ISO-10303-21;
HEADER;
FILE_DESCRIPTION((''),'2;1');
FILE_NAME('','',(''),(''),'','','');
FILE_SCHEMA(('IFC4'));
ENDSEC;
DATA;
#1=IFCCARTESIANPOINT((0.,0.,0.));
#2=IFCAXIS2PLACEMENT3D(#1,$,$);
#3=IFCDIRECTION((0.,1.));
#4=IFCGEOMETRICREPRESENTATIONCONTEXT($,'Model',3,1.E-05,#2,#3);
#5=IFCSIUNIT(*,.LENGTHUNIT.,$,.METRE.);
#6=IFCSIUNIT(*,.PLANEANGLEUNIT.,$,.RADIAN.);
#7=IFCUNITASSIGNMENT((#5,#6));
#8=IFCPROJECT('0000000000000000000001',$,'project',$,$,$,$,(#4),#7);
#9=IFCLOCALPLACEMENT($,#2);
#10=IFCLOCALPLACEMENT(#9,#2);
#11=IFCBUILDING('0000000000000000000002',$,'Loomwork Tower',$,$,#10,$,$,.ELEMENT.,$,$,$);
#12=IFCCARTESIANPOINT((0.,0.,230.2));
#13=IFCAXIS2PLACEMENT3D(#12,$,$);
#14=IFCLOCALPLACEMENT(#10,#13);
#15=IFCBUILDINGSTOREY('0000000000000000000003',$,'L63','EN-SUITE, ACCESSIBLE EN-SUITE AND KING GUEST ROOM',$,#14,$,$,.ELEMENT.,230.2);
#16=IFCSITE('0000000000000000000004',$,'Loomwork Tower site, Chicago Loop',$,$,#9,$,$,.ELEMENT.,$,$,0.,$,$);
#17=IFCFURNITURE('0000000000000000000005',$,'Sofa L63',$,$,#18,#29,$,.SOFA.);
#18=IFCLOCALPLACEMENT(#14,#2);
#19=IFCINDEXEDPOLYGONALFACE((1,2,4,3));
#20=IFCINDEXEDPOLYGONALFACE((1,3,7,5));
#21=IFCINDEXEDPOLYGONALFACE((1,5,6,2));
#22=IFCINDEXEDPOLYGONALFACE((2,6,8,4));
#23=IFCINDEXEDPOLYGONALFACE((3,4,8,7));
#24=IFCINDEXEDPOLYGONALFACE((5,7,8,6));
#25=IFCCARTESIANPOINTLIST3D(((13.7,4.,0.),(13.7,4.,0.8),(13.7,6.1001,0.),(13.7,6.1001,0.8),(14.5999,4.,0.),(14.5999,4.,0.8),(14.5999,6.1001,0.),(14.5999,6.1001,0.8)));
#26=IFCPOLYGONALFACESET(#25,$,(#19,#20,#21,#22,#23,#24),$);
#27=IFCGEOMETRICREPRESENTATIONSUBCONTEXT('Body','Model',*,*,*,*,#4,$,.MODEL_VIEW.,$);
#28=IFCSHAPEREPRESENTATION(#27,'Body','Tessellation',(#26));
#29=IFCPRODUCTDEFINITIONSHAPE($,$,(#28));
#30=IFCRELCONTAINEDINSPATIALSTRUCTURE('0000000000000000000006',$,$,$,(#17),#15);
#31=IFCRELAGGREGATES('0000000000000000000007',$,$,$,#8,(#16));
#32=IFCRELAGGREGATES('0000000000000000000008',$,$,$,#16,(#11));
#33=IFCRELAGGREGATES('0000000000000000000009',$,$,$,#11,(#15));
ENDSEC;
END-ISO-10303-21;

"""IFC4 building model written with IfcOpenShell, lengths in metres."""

from ifc_helpers import new_model, si_unit, direction, frame, origin, origin_2d, place, context, subcontext, project, spatial, rectangle, extrude, element, save


model = new_model("IFC4")

# Units and contexts
model_context = context("Model", 3, precision=1e-05, world=origin(), true_north=direction((0.0, 1.0)))
body_context = subcontext(model_context, "Body", "Model", "MODEL_VIEW")
ifc_project = project(units=[si_unit("LENGTHUNIT", "METRE"), si_unit("PLANEANGLEUNIT", "RADIAN")], contexts=[model_context])

# Site, building, storey
site_placement = place(None, origin())
site = spatial("IfcSite", under=ifc_project, at=site_placement, Name="Loomwork Tower site, Chicago Loop", CompositionType="ELEMENT", RefElevation=0.0)
building_placement = place(site_placement, origin())
building = spatial("IfcBuilding", under=site, at=building_placement, Name="Loomwork Tower", CompositionType="ELEMENT")
storey_placement = place(building_placement, frame((0.0, 0.0, 230.2)))
storey = spatial("IfcBuildingStorey", under=building, at=storey_placement, Name="L63", Description="EN-SUITE, ACCESSIBLE EN-SUITE AND KING GUEST ROOM", CompositionType="ELEMENT", Elevation=230.2)

# Furniture
furniture_1_placement = place(storey_placement, frame((14.1499, 5.05, 0.0), z_axis=(0.0, 0.0, 1.0), x_axis=(1.0, 0.0, 0.0)))
element("IfcFurniture", 1, at=furniture_1_placement, inside=storey, Name="Sofa L63", PredefinedType="SOFA", context=body_context, shape_type="SweptSolid", body=[
    extrude(rectangle(XDim=0.8999, YDim=2.1001, at=origin_2d()), origin(), (0.0, 0.0, 1.0), 0.8),
])

save(model, "model.ifc")
